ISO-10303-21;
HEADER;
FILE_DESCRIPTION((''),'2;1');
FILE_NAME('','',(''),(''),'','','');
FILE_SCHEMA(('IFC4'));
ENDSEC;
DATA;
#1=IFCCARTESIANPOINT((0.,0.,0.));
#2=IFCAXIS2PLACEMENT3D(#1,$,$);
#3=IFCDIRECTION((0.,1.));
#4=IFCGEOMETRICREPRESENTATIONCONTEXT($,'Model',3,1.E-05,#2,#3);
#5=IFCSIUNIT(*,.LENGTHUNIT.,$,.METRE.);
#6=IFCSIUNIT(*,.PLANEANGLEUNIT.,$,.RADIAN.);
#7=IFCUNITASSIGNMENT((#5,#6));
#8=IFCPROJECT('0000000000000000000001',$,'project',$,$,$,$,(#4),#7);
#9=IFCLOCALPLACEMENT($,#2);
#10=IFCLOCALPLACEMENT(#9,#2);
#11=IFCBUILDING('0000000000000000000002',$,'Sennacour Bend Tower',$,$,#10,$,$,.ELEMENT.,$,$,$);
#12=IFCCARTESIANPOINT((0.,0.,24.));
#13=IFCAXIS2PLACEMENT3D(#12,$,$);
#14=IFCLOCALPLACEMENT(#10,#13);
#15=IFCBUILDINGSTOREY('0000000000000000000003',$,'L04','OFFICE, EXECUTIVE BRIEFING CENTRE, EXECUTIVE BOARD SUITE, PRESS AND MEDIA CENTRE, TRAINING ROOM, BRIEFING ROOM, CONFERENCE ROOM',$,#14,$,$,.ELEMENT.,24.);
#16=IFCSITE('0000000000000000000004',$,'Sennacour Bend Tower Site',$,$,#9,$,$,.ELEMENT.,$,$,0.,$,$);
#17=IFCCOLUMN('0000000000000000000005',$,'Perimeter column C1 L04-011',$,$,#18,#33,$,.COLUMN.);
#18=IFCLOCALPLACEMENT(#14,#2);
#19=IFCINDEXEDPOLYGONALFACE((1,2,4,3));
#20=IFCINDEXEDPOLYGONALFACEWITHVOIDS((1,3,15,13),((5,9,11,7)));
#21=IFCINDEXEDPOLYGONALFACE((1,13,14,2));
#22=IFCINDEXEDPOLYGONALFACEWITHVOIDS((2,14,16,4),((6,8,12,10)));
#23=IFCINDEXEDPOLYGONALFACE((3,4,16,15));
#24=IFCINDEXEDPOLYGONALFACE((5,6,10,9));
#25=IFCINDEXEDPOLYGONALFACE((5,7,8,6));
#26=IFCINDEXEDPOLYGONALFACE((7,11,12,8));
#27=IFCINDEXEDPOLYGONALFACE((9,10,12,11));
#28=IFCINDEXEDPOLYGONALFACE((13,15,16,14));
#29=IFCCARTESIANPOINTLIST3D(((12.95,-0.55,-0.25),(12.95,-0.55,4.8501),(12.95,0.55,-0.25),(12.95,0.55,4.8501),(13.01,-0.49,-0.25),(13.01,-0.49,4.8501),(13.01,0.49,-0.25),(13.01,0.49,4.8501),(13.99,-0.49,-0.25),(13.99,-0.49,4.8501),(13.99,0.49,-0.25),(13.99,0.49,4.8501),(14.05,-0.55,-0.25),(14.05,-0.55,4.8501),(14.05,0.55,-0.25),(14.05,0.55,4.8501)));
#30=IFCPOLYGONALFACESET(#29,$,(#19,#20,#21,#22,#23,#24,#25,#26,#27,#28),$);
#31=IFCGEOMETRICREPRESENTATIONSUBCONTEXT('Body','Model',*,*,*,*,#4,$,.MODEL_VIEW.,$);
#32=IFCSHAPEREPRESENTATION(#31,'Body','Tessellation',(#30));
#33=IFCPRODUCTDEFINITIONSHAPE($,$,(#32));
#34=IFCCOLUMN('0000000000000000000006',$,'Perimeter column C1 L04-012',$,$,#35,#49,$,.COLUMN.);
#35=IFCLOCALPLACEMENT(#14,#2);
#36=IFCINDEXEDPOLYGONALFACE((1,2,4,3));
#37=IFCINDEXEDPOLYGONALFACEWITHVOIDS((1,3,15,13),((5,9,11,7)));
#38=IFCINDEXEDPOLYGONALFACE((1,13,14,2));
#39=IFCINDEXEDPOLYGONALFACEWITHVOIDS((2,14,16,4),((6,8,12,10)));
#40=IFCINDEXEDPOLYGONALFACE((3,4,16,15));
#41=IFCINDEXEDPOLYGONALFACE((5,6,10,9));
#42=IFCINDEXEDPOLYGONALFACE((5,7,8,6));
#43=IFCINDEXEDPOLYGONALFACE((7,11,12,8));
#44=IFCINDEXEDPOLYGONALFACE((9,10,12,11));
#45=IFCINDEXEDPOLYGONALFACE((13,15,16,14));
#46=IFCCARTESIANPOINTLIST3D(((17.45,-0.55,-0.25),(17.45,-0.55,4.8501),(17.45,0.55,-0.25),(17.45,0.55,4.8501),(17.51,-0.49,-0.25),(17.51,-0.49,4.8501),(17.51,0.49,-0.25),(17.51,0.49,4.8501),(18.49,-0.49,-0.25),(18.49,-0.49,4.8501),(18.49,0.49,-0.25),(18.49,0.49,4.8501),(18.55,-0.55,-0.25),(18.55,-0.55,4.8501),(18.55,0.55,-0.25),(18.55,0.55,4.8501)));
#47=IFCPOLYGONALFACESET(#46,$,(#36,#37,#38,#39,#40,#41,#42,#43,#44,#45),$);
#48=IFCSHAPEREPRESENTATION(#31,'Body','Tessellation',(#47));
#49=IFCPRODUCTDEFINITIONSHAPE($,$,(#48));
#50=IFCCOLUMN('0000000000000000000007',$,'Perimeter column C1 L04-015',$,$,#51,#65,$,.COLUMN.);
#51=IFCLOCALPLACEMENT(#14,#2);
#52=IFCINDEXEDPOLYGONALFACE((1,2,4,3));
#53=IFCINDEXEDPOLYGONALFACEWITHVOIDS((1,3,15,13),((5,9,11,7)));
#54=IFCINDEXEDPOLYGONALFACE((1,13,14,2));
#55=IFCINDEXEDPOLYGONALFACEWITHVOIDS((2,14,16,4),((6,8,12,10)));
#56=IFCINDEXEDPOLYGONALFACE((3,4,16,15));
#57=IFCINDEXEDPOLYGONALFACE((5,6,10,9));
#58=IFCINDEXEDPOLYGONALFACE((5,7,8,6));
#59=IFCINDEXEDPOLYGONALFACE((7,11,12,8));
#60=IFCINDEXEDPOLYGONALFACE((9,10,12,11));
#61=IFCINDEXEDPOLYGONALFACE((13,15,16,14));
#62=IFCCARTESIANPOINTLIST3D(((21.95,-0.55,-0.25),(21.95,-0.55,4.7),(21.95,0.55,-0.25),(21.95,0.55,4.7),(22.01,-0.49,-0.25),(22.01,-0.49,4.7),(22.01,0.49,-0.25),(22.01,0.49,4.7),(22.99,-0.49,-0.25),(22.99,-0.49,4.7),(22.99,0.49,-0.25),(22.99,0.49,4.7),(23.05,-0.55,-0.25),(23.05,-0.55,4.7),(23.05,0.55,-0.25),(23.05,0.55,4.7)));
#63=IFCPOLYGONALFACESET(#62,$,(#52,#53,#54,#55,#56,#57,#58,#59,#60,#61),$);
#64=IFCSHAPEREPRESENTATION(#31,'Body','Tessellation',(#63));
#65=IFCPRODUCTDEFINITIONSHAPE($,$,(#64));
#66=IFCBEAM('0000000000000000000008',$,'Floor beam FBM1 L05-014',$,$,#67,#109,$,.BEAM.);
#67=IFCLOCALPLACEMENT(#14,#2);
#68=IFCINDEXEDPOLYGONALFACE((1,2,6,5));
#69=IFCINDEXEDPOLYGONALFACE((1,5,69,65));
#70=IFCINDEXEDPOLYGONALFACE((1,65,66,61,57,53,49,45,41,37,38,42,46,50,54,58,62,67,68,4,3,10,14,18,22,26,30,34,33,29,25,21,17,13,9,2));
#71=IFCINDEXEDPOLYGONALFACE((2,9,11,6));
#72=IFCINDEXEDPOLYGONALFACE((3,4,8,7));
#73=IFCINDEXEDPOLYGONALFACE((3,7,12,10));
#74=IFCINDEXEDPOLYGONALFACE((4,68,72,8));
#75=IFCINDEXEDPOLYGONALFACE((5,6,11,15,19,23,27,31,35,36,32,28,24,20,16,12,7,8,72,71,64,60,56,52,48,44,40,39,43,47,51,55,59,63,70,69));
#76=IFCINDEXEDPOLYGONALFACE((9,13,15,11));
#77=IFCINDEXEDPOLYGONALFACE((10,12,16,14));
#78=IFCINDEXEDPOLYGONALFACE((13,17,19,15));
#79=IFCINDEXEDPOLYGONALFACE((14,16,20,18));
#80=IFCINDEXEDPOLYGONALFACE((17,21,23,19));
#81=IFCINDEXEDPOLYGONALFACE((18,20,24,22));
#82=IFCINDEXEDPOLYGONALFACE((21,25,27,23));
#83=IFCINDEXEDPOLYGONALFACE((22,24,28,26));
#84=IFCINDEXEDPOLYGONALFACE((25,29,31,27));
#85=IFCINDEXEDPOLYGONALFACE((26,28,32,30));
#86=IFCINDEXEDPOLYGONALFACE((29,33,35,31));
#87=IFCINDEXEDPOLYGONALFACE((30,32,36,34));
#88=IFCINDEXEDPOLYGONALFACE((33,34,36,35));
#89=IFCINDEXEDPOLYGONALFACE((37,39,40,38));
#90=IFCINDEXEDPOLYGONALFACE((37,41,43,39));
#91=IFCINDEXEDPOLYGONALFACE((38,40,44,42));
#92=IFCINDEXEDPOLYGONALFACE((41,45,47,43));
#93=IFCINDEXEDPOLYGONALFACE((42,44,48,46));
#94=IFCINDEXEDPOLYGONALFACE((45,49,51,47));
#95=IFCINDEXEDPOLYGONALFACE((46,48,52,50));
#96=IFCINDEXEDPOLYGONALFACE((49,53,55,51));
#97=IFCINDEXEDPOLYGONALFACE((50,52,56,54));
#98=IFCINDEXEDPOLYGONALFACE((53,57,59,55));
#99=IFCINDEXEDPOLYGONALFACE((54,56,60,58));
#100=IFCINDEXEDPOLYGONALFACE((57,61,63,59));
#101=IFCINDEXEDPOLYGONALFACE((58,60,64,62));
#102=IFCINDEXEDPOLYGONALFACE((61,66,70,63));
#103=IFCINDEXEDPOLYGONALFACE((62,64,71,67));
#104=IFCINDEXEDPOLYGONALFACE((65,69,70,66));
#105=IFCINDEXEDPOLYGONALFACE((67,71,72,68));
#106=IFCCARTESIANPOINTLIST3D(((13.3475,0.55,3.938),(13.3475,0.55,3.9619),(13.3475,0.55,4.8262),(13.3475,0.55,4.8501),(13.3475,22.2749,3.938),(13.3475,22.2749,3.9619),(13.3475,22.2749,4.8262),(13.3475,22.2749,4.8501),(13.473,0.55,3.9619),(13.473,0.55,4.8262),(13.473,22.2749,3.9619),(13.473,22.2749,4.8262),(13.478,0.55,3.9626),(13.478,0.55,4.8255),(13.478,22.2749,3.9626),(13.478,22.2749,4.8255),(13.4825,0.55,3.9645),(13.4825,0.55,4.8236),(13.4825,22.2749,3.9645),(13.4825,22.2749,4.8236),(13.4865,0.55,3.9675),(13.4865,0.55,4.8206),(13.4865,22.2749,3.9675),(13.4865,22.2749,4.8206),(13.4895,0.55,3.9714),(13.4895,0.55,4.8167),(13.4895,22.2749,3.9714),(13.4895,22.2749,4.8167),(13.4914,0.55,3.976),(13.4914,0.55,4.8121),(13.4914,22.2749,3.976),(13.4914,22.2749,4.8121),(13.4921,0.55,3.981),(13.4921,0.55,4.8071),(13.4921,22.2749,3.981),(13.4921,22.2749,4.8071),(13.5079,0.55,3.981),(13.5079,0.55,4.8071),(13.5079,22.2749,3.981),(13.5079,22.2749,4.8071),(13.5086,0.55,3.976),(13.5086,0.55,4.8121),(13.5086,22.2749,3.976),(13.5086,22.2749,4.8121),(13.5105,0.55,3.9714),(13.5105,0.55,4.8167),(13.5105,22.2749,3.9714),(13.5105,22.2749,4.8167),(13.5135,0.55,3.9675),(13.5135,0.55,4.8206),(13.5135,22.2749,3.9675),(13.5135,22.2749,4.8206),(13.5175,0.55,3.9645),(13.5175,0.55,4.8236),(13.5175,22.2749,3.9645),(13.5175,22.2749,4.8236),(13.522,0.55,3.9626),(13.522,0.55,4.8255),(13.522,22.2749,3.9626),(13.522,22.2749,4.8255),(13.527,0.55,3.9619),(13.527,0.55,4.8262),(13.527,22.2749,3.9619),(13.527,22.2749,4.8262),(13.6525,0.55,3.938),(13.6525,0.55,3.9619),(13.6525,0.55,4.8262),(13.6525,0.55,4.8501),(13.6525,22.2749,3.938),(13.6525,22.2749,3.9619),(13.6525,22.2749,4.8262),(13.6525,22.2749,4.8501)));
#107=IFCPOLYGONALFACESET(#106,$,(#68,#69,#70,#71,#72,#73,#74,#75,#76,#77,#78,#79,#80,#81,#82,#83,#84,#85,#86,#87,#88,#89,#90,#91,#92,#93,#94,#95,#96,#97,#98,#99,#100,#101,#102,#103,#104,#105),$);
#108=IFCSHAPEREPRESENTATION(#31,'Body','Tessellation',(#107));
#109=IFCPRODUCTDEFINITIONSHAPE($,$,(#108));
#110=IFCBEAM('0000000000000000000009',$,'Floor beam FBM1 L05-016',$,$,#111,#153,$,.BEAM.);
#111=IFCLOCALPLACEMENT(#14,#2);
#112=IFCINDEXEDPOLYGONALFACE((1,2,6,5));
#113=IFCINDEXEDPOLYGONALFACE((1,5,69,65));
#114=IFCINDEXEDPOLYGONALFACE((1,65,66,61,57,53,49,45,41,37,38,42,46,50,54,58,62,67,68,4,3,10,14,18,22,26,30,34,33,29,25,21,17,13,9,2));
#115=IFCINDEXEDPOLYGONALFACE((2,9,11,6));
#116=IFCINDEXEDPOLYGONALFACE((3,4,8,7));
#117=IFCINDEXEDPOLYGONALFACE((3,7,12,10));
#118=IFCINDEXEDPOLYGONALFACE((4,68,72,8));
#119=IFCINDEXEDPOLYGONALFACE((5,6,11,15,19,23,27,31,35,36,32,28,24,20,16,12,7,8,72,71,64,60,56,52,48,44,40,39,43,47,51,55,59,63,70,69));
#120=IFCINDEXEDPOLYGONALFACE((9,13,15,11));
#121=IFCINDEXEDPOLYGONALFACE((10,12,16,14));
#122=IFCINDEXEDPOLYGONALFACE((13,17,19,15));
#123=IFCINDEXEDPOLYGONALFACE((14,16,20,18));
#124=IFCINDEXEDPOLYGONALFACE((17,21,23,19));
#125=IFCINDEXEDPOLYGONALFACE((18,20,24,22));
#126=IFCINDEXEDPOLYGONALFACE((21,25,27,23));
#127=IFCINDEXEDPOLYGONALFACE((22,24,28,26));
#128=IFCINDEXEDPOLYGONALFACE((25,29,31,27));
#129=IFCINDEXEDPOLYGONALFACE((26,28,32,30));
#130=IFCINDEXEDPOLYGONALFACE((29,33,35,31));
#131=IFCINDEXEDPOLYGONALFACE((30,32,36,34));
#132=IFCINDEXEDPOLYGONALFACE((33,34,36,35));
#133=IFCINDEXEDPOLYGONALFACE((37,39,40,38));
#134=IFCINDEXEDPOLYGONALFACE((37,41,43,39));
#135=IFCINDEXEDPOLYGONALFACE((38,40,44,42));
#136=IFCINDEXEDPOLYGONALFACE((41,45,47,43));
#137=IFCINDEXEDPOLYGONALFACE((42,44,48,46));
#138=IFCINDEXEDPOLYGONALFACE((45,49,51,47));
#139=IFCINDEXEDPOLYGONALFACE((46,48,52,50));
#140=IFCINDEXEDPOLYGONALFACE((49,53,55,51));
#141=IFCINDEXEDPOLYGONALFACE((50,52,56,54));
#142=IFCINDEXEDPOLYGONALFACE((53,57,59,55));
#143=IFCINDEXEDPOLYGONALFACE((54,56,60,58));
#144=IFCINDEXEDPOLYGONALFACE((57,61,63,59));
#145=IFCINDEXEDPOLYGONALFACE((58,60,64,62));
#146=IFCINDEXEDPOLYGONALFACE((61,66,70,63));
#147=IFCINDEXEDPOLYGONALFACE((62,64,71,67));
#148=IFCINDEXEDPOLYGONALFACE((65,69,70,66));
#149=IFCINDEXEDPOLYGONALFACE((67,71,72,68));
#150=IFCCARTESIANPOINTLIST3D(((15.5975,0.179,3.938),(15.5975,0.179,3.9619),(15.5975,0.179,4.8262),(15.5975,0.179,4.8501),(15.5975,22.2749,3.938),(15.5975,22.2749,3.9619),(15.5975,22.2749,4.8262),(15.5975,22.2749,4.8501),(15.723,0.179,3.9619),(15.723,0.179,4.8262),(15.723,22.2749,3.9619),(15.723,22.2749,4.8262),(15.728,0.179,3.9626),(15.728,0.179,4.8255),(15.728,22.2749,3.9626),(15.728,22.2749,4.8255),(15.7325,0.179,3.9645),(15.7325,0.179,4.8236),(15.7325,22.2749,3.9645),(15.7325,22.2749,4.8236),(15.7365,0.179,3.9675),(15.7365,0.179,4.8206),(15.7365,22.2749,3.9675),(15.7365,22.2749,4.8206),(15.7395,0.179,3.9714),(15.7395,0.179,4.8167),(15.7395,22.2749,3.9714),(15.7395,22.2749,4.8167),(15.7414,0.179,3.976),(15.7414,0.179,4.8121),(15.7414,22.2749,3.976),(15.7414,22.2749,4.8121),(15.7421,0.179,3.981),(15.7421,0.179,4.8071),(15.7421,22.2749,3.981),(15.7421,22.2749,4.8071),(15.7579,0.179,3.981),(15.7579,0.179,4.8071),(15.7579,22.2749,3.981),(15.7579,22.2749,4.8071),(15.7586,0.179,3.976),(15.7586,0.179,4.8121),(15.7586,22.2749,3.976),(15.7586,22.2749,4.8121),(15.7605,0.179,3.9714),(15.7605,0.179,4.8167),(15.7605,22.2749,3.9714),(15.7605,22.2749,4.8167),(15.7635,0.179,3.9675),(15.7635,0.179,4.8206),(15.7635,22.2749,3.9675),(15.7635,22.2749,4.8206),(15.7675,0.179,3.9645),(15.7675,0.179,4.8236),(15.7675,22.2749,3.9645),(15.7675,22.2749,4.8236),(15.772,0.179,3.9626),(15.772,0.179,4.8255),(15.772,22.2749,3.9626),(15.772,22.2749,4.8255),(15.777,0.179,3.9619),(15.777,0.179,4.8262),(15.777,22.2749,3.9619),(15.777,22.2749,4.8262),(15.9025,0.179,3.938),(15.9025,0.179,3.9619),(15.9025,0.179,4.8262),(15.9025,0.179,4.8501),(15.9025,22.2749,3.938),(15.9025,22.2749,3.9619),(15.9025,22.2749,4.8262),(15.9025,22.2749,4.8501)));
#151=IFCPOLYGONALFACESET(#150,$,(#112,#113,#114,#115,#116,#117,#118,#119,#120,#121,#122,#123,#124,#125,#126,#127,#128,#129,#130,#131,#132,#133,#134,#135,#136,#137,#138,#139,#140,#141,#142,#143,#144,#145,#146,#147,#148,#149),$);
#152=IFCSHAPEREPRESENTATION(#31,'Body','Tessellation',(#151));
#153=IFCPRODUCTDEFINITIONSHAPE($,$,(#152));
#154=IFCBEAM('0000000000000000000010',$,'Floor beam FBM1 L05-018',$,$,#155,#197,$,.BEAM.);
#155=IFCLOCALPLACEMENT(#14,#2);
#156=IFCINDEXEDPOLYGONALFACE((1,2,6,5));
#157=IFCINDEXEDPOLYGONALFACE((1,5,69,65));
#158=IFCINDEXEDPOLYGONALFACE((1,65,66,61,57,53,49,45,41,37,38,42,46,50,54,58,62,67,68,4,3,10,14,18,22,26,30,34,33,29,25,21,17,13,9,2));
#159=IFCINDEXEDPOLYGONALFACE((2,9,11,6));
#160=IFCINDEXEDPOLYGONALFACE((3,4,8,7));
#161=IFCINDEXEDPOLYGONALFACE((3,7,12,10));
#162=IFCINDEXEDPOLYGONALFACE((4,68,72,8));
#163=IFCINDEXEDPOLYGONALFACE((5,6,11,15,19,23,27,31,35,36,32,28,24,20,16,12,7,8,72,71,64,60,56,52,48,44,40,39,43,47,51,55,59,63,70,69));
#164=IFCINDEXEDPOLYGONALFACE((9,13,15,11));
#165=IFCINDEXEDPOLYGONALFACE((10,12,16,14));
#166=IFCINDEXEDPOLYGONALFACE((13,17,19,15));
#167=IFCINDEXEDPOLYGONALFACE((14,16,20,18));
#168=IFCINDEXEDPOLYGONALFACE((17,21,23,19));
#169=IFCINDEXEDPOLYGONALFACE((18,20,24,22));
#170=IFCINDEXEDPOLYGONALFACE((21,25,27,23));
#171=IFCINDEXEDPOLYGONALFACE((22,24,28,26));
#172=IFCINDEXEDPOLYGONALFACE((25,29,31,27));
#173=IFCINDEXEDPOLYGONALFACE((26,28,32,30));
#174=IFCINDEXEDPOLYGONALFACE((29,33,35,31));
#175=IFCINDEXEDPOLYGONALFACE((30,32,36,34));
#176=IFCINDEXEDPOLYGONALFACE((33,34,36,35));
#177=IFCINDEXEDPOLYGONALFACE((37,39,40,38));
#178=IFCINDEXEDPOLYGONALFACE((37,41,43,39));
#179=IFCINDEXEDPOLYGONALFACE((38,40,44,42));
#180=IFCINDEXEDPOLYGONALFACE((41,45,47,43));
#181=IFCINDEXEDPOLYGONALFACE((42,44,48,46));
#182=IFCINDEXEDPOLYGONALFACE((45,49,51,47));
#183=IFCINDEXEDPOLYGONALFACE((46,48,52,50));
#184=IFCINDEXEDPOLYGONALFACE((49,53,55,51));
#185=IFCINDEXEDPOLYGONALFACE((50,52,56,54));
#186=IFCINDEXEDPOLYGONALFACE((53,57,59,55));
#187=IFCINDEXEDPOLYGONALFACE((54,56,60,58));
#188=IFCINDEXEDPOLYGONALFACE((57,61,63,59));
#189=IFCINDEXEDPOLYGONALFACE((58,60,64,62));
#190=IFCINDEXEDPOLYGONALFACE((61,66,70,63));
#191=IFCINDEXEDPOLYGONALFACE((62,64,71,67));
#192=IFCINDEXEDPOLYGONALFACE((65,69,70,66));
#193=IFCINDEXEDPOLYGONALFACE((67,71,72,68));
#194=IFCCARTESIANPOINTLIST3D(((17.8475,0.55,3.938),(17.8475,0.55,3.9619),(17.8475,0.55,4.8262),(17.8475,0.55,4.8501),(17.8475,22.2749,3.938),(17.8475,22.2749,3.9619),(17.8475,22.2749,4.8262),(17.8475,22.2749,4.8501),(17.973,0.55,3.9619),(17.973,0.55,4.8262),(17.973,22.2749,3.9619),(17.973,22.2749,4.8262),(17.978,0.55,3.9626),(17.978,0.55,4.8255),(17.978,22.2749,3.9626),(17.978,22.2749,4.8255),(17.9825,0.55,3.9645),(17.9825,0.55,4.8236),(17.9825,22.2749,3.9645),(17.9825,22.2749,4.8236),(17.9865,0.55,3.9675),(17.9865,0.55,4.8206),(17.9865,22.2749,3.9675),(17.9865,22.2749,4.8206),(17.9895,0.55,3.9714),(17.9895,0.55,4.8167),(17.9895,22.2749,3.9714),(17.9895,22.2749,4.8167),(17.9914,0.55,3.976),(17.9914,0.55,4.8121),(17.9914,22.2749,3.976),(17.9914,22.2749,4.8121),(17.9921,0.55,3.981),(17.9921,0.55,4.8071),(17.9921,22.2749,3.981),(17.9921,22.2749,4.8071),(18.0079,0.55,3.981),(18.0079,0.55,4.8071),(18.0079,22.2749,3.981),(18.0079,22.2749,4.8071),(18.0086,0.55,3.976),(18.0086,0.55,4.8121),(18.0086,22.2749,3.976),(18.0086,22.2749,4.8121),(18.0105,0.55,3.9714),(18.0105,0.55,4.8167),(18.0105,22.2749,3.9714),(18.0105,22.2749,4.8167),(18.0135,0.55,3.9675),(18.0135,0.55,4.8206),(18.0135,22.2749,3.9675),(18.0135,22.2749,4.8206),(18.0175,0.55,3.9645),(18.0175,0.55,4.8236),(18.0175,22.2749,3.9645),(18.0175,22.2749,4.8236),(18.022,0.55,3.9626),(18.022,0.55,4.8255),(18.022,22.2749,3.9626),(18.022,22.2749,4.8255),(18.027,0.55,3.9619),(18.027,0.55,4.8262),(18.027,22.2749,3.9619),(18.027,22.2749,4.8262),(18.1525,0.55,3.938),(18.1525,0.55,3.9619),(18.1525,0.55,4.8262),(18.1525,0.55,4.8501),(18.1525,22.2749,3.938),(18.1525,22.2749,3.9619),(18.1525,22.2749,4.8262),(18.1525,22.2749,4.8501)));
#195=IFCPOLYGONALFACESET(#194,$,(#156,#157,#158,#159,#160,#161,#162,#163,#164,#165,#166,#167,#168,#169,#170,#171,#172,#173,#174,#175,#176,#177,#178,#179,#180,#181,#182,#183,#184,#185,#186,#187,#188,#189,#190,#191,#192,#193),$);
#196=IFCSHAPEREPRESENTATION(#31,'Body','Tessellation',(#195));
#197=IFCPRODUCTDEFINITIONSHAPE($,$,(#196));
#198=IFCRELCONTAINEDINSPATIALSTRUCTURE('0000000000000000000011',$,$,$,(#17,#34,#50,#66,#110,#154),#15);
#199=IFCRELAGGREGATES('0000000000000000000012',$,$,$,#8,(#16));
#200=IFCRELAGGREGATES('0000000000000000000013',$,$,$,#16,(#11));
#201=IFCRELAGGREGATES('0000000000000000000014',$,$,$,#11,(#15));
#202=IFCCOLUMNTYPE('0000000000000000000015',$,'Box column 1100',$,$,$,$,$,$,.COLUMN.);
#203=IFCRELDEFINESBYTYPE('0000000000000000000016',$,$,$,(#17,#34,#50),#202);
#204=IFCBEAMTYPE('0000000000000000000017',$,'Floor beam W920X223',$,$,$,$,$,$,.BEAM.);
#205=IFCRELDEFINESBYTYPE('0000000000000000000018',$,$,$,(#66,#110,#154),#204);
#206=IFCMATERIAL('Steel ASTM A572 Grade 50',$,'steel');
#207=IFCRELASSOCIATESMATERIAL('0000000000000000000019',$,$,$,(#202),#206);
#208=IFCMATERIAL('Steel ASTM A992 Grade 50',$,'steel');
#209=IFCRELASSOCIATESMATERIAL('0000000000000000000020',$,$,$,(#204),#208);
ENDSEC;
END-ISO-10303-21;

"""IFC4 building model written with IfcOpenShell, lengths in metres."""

from ifc_helpers import new_model, si_unit, direction, frame, origin, origin_2d, place, context, subcontext, project, spatial, hollow_rectangle, i_section, extrude, material, material_profile, profile_set, type_object, element, save


model = new_model("IFC4")

# Units and contexts
model_context = context("Model", 3, precision=1e-05, world=origin(), true_north=direction((0.0, 1.0)))
body_context = subcontext(model_context, "Body", "Model", "MODEL_VIEW")
ifc_project = project(units=[si_unit("LENGTHUNIT", "METRE"), si_unit("PLANEANGLEUNIT", "RADIAN")], contexts=[model_context])

# Site, building, storey
site_placement = place(None, origin())
site = spatial("IfcSite", under=ifc_project, at=site_placement, Name="Sennacour Bend Tower Site", CompositionType="ELEMENT", RefElevation=0.0)
building_placement = place(site_placement, origin())
building = spatial("IfcBuilding", under=site, at=building_placement, Name="Sennacour Bend Tower", CompositionType="ELEMENT")
storey_placement = place(building_placement, frame((0.0, 0.0, 24.0)))
storey = spatial("IfcBuildingStorey", under=building, at=storey_placement, Name="L04", Description="OFFICE, EXECUTIVE BRIEFING CENTRE, EXECUTIVE BOARD SUITE, PRESS AND MEDIA CENTRE, TRAINING ROOM, BRIEFING ROOM, CONFERENCE ROOM", CompositionType="ELEMENT", Elevation=24.0)

# Columns
ifc_material_1 = material(Name="Steel ASTM A572 Grade 50", Category="steel")
ifc_material_profile_1 = material_profile(ifc_material_1, hollow_rectangle(XDim=1.1001, YDim=1.1001, WallThickness=0.0601, at=origin_2d()), Name="Steel ASTM A572 Grade 50", Category="steel")
ifc_profile_set_1 = profile_set([ifc_material_profile_1], Name="Steel ASTM A572 Grade 50")
column_type = type_object("IfcColumnType", Name="Box column 1100", PredefinedType="COLUMN", material=ifc_profile_set_1)
for number, where, z_axis, x_axis, name in (
    (1, (13.5, 0.0, -0.25), (0.0, 0.0, 1.0), (1.0, 0.0, 0.0), "Perimeter column C1 L04-011"),
    (2, (18.0, 0.0, -0.25), (0.0, 0.0, 1.0), (1.0, 0.0, 0.0), "Perimeter column C1 L04-012"),
):
    element("IfcColumn", number, at=place(storey_placement, frame(where, z_axis=z_axis, x_axis=x_axis)), inside=storey, type_object=column_type, Name=name, PredefinedType="COLUMN", context=body_context, shape_type="SweptSolid", body=[
        extrude(hollow_rectangle(XDim=1.1001, YDim=1.1001, WallThickness=0.0601, at=origin_2d()), origin(), (0.0, 0.0, 1.0), 5.1001),
    ])
column_placement = place(storey_placement, frame((22.5, 0.0, -0.25), z_axis=(0.0, 0.0, 1.0), x_axis=(1.0, 0.0, 0.0)))
element("IfcColumn", 3, at=column_placement, inside=storey, type_object=column_type, Name="Perimeter column C1 L04-015", PredefinedType="COLUMN", context=body_context, shape_type="SweptSolid", body=[
    extrude(hollow_rectangle(XDim=1.1001, YDim=1.1001, WallThickness=0.0601, at=origin_2d()), origin(), (0.0, 0.0, 1.0), 4.95),
])

# Beams
ifc_material_2 = material(Name="Steel ASTM A992 Grade 50", Category="steel")
ifc_material_profile_2 = material_profile(ifc_material_2, i_section(OverallWidth=0.3049, OverallDepth=0.9121, WebThickness=0.0159, FlangeThickness=0.0239, FilletRadius=0.019, at=origin_2d()), Name="Steel ASTM A992 Grade 50", Category="steel")
ifc_profile_set_2 = profile_set([ifc_material_profile_2], Name="Steel ASTM A992 Grade 50")
beam_type_1 = type_object("IfcBeamType", Name="Floor beam W920X223", PredefinedType="BEAM", material=ifc_profile_set_2)
beam_1_placement = place(storey_placement, frame((13.5, 0.55, 4.394), z_axis=(0.0, 1.0, 0.0), x_axis=(-1.0, 0.0, 0.0)))
element("IfcBeam", 4, at=beam_1_placement, inside=storey, type_object=beam_type_1, Name="Floor beam FBM1 L05-014", PredefinedType="BEAM", context=body_context, shape_type="SweptSolid", body=[
    extrude(i_section(OverallWidth=0.3049, OverallDepth=0.9121, WebThickness=0.0159, FlangeThickness=0.0239, FilletRadius=0.019, at=origin_2d()), origin(), (0.0, 0.0, 1.0), 21.7249),
])
beam_2_placement = place(storey_placement, frame((15.75, 0.179, 4.394), z_axis=(0.0, 1.0, 0.0), x_axis=(-1.0, 0.0, 0.0)))
element("IfcBeam", 5, at=beam_2_placement, inside=storey, type_object=beam_type_1, Name="Floor beam FBM1 L05-016", PredefinedType="BEAM", context=body_context, shape_type="SweptSolid", body=[
    extrude(i_section(OverallWidth=0.3049, OverallDepth=0.9121, WebThickness=0.0159, FlangeThickness=0.0239, FilletRadius=0.019, at=origin_2d()), origin(), (0.0, 0.0, 1.0), 22.0959),
])
beam_3_placement = place(storey_placement, frame((18.0, 0.55, 4.394), z_axis=(0.0, 1.0, 0.0), x_axis=(-1.0, 0.0, 0.0)))
element("IfcBeam", 6, at=beam_3_placement, inside=storey, type_object=beam_type_1, Name="Floor beam FBM1 L05-018", PredefinedType="BEAM", context=body_context, shape_type="SweptSolid", body=[
    extrude(i_section(OverallWidth=0.3049, OverallDepth=0.9121, WebThickness=0.0159, FlangeThickness=0.0239, FilletRadius=0.019, at=origin_2d()), origin(), (0.0, 0.0, 1.0), 21.7249),
])

save(model, "model.ifc")
